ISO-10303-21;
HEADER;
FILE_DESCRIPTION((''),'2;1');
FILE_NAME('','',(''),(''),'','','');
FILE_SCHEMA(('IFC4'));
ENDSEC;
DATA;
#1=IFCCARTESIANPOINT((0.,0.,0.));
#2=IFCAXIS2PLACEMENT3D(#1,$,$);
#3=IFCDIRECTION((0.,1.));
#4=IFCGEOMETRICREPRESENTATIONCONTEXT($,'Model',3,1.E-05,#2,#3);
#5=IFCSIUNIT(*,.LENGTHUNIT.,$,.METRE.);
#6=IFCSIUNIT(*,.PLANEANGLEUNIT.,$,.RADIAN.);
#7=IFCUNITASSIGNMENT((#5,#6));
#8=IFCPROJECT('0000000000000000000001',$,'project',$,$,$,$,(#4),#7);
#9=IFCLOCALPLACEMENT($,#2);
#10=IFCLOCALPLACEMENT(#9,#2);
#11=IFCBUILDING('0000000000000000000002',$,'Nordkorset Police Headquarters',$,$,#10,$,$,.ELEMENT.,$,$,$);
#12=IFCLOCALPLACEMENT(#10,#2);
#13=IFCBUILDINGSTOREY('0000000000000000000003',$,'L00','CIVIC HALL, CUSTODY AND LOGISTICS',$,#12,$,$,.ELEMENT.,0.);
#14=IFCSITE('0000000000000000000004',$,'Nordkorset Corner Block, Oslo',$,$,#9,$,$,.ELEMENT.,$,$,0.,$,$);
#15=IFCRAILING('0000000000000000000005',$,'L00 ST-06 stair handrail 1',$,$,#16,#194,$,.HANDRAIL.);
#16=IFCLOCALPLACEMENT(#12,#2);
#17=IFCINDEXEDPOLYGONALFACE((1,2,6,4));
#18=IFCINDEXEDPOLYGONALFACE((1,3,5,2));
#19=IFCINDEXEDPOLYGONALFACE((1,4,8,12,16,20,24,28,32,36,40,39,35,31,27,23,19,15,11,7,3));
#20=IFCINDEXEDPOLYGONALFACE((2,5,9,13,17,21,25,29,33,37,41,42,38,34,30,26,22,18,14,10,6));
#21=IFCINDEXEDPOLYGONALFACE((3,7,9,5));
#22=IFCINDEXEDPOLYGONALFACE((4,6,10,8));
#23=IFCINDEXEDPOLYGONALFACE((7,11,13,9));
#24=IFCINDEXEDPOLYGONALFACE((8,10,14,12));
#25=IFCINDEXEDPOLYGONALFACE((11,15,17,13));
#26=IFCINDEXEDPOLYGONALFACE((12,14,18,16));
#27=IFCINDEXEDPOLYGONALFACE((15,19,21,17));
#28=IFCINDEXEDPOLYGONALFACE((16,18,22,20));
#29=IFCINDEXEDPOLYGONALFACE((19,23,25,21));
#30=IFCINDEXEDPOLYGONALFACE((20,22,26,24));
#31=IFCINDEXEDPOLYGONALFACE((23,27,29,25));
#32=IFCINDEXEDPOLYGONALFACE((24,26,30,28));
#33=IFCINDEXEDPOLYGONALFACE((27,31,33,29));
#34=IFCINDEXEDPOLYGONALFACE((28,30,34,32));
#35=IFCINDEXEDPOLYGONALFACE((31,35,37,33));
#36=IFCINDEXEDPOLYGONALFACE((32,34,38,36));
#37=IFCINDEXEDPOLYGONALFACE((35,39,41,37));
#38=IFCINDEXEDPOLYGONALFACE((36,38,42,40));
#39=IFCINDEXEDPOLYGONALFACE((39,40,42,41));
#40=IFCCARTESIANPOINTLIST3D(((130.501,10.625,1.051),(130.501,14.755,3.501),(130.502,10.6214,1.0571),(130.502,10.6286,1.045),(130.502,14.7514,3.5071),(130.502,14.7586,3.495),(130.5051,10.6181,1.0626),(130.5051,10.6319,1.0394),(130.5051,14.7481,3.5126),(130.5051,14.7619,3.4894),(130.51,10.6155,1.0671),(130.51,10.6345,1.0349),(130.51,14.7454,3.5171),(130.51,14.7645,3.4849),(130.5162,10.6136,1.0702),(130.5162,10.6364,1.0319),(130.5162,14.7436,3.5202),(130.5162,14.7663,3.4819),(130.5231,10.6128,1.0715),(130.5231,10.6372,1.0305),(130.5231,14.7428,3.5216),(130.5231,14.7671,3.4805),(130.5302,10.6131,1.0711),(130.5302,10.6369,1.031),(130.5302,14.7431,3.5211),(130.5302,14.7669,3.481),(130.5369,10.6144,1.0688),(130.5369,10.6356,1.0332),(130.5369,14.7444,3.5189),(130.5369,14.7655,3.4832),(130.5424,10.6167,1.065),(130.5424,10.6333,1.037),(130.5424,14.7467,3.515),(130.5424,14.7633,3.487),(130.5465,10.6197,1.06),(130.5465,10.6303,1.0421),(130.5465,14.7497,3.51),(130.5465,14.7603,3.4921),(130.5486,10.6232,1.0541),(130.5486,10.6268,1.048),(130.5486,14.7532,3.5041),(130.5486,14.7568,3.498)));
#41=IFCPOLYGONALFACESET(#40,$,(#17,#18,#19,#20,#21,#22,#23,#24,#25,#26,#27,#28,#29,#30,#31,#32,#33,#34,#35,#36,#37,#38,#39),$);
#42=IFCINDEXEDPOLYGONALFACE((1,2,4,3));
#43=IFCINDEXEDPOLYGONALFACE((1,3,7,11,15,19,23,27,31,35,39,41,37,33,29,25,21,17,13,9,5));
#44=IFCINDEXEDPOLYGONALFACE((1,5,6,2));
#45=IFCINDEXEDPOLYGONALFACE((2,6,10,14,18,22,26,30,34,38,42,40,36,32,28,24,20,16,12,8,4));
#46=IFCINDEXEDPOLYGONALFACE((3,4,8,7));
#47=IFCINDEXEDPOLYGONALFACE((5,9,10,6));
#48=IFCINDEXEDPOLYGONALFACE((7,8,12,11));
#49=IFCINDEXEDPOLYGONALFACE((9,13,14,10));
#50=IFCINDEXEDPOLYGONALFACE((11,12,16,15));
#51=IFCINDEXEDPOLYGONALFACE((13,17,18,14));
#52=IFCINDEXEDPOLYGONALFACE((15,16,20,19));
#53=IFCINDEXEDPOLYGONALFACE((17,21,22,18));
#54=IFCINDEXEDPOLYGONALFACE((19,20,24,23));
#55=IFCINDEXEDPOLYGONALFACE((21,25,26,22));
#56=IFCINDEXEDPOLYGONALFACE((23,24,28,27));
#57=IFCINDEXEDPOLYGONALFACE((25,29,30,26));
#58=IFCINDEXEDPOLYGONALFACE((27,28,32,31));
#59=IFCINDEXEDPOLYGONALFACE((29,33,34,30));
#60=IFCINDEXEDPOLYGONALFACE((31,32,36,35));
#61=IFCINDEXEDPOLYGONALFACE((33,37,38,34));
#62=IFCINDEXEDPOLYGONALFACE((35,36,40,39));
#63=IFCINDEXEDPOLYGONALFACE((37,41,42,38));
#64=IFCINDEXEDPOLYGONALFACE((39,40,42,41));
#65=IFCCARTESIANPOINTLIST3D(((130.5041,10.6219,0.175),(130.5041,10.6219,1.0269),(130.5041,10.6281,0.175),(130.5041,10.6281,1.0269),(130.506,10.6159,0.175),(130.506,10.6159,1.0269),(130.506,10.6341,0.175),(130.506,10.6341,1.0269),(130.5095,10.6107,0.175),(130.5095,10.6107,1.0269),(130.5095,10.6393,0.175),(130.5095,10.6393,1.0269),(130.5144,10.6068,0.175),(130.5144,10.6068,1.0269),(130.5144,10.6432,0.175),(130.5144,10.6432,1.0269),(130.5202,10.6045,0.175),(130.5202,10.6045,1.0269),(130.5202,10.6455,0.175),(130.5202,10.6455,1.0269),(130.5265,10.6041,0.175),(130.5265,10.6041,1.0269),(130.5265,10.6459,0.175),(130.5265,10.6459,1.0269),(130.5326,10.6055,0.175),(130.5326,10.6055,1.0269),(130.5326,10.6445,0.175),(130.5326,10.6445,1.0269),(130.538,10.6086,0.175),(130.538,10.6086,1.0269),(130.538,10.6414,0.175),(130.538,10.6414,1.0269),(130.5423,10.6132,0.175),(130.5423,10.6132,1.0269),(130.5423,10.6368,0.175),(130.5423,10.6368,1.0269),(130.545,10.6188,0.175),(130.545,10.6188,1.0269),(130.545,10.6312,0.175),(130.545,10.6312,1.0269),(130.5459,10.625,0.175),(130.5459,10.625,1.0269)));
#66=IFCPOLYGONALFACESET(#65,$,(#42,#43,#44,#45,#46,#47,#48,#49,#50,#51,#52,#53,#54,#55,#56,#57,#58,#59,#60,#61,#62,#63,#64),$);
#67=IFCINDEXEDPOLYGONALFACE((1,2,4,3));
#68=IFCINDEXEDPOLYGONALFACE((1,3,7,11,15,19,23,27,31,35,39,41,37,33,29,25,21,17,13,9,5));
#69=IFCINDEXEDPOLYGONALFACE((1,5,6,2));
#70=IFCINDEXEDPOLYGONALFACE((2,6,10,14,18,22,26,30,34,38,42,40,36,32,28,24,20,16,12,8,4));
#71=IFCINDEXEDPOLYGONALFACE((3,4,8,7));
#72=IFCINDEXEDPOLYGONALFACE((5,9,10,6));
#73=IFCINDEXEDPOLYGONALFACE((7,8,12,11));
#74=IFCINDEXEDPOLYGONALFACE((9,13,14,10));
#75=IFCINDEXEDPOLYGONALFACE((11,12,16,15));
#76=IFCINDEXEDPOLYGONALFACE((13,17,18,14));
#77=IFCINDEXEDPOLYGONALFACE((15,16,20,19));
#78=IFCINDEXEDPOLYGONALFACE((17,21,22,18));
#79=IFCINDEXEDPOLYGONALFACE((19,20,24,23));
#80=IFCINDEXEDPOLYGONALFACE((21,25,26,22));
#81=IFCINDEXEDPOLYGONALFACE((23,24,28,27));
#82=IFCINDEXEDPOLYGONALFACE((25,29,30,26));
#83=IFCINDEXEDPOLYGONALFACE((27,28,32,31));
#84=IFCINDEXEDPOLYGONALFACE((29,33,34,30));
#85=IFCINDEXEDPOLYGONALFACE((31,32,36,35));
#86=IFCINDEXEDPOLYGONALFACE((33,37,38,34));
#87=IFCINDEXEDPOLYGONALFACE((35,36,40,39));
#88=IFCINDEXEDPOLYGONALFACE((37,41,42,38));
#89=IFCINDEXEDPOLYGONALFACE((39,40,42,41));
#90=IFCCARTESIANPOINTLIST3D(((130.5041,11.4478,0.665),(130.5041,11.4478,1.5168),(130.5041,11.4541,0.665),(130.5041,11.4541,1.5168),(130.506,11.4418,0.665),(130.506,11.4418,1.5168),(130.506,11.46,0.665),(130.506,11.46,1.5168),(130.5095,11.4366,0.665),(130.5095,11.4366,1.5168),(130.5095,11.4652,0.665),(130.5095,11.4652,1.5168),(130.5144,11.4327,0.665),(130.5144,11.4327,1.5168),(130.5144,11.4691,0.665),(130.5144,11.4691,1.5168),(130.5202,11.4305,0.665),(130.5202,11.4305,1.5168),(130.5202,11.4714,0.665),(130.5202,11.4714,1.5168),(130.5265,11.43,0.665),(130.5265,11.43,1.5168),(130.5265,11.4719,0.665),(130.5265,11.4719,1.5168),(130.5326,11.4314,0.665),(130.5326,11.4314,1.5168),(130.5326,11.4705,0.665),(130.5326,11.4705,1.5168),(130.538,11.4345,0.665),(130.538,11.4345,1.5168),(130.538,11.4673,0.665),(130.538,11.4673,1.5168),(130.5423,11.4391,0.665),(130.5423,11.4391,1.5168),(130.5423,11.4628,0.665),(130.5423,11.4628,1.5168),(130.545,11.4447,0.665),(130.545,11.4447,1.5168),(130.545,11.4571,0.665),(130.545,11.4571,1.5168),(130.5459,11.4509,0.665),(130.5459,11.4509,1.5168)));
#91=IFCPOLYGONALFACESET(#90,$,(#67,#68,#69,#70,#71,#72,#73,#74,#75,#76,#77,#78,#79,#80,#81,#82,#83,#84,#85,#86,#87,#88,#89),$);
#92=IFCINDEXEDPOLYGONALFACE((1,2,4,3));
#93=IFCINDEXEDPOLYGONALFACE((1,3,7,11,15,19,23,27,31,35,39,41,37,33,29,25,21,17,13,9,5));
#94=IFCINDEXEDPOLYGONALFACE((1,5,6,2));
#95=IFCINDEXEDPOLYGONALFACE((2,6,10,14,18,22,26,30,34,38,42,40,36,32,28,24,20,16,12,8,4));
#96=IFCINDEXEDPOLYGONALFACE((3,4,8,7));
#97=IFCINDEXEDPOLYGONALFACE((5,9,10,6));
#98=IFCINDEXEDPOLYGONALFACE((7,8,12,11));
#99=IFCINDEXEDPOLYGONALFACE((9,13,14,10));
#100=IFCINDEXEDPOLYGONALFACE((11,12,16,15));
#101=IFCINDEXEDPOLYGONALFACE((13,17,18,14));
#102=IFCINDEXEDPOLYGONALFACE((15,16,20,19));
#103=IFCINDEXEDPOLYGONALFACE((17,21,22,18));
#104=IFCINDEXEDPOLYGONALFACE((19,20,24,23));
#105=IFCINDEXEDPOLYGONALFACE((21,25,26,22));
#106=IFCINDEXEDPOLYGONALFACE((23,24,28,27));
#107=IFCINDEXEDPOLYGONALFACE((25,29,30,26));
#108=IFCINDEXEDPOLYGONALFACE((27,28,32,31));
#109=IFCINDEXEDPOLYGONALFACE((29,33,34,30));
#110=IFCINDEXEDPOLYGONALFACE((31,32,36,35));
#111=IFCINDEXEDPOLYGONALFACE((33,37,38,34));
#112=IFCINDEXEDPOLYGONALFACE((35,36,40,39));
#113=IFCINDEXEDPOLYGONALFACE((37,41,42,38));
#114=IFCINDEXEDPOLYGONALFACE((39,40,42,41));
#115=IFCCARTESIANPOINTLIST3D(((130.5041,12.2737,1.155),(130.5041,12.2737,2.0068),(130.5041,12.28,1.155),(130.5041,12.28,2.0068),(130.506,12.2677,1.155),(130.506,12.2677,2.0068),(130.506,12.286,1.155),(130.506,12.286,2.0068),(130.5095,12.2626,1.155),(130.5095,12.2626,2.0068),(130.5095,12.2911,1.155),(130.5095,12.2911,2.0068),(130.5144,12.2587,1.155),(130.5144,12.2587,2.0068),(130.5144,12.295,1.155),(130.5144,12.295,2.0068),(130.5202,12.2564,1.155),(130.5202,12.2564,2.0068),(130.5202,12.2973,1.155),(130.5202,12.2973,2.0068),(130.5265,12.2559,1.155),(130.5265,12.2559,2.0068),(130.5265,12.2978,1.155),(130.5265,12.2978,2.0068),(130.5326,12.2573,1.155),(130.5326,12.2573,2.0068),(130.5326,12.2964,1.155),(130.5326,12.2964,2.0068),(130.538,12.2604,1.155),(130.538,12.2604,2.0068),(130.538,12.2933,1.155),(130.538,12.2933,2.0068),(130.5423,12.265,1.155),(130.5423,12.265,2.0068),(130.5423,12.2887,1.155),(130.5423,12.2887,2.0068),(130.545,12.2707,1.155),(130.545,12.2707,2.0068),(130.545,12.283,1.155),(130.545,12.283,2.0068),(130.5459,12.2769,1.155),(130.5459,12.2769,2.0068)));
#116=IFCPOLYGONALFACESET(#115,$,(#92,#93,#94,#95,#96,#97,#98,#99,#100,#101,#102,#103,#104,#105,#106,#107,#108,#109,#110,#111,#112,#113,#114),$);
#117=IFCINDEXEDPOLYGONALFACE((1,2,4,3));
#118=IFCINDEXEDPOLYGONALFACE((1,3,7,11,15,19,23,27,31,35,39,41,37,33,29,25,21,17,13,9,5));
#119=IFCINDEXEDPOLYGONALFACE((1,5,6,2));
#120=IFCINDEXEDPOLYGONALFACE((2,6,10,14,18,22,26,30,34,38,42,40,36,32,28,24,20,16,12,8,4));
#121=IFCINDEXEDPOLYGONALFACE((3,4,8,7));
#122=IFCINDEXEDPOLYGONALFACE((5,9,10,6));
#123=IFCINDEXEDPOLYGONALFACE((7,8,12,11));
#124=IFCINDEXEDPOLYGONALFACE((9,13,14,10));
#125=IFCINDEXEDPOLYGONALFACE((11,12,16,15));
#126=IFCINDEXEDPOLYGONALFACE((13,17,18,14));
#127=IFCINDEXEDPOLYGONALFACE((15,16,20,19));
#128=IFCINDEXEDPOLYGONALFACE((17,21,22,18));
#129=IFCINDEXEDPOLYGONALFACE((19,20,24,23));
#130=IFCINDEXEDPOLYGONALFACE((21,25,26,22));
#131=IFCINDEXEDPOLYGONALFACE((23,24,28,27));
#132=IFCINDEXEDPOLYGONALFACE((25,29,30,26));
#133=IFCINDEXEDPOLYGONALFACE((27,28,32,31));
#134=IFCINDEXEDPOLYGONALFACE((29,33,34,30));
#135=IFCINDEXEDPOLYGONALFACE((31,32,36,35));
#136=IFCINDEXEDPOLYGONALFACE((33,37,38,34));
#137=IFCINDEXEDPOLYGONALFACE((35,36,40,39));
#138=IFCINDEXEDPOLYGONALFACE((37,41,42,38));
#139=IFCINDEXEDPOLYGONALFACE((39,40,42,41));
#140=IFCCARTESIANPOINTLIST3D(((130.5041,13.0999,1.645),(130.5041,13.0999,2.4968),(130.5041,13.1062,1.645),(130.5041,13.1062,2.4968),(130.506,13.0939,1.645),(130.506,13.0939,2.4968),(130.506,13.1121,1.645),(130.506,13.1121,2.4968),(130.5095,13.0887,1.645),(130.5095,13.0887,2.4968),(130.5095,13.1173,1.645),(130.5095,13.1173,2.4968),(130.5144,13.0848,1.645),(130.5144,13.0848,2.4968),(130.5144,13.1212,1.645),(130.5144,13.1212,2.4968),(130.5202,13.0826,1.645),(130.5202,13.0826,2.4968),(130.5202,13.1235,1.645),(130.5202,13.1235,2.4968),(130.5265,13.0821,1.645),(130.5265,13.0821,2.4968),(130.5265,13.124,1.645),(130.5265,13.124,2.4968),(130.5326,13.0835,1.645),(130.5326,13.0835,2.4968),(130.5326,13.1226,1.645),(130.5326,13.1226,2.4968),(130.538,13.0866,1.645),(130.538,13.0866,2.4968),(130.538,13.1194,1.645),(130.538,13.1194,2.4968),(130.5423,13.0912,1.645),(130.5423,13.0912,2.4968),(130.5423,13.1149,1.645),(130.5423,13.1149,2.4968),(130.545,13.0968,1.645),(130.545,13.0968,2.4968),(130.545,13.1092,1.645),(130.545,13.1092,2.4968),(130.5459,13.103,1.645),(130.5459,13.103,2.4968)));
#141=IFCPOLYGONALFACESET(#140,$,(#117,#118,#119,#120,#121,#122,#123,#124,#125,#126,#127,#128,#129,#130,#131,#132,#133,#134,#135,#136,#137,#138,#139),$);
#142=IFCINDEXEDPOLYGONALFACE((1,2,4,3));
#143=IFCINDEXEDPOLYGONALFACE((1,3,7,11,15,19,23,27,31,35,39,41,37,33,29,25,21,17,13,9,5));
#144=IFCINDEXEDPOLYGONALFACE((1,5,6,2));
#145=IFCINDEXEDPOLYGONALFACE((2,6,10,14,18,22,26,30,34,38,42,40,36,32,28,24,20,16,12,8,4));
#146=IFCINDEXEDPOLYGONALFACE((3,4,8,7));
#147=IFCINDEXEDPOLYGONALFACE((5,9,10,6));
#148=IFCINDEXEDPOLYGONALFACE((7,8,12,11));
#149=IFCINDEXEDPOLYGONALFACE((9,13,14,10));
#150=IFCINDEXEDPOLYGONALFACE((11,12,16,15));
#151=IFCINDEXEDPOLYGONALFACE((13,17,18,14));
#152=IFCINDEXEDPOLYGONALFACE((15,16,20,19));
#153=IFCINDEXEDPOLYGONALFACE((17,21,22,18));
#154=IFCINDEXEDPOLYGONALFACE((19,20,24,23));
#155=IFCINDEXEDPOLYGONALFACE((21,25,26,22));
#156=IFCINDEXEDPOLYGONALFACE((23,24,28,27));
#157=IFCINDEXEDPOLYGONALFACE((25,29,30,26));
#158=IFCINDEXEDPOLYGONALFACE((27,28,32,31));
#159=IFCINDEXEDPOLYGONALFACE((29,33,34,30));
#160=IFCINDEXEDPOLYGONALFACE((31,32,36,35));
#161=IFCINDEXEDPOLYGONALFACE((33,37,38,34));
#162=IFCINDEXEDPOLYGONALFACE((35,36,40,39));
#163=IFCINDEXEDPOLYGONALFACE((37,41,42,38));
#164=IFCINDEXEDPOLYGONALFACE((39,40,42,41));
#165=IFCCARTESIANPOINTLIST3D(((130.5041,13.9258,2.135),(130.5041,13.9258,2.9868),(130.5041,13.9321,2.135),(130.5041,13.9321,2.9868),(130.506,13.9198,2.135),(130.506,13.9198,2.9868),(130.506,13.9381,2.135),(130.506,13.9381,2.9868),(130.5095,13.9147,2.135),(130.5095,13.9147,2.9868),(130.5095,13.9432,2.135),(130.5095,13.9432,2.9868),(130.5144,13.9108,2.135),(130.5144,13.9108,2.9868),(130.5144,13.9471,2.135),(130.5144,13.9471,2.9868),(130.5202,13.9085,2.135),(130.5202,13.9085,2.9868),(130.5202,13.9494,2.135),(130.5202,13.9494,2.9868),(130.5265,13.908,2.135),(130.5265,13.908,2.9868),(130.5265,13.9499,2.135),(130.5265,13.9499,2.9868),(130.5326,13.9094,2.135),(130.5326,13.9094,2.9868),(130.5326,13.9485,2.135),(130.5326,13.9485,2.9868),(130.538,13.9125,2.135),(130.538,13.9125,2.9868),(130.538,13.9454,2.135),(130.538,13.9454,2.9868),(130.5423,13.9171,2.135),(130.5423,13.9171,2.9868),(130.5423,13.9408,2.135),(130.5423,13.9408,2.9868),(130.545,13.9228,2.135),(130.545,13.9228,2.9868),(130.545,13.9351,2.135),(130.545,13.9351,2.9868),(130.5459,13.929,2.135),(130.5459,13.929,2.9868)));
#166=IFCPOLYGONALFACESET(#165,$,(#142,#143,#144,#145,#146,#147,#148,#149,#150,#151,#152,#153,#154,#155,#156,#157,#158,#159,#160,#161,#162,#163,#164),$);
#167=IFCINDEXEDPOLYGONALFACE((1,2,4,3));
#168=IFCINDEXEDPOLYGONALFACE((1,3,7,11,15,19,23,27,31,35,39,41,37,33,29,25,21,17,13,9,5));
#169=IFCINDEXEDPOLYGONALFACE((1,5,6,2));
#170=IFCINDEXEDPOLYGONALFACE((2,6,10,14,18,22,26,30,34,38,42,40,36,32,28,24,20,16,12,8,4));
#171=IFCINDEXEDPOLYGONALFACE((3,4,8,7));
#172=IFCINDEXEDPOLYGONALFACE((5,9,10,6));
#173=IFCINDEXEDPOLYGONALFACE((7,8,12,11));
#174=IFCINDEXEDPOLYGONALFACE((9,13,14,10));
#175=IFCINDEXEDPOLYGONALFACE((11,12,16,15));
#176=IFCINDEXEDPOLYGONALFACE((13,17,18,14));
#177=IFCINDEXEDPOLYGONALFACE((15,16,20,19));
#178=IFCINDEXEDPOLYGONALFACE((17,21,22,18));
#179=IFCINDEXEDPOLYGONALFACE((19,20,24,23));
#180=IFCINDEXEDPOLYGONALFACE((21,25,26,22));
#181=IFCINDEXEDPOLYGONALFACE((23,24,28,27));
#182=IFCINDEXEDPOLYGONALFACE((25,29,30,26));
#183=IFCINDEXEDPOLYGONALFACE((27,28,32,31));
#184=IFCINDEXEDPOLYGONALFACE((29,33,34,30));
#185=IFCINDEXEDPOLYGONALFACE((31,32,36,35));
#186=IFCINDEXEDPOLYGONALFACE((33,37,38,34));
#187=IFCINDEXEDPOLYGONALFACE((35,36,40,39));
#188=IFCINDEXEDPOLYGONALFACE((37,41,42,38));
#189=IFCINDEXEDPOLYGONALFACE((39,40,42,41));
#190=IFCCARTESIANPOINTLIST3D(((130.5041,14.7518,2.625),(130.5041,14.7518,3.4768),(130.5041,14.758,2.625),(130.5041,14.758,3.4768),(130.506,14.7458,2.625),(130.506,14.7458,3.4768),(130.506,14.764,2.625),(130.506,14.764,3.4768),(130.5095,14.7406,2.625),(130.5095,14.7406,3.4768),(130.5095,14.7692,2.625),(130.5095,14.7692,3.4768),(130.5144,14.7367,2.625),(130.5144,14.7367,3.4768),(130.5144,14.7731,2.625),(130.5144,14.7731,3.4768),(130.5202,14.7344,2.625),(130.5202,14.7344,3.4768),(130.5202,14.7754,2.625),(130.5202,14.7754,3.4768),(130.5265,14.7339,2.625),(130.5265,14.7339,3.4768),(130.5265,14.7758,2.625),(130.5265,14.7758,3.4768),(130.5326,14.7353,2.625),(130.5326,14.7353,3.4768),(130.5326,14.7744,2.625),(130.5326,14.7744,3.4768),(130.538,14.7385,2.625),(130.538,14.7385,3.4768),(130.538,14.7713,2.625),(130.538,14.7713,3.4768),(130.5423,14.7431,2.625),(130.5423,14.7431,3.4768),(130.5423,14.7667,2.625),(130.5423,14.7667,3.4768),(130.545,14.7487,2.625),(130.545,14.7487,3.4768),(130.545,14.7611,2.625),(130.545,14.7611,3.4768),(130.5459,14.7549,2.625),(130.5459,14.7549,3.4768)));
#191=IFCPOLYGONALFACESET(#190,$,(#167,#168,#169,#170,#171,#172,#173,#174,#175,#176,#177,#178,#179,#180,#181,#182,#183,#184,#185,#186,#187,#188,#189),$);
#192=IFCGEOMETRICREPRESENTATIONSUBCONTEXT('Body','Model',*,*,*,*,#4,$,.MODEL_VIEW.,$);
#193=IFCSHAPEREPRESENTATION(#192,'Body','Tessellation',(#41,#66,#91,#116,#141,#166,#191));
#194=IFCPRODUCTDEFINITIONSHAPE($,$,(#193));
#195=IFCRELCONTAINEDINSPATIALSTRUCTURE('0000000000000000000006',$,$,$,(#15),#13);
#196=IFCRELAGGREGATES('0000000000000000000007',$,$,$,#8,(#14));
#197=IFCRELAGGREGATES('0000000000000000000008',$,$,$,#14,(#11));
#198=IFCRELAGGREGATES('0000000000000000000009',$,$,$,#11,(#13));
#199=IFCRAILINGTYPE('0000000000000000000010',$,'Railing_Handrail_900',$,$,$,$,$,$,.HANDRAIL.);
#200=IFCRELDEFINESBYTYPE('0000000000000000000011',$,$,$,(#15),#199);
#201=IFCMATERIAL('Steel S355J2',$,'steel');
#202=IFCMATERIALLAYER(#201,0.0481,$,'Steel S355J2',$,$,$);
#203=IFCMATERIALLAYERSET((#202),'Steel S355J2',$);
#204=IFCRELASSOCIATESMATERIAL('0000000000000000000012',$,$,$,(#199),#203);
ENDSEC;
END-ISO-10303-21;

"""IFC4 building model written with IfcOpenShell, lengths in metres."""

from ifc_helpers import new_model, si_unit, direction, frame, origin, origin_2d, place, context, subcontext, project, spatial, circle, extrude, material, layer, layer_set, type_object, element, save


model = new_model("IFC4")

# Units and contexts
model_context = context("Model", 3, precision=1e-05, world=origin(), true_north=direction((0.0, 1.0)))
body_context = subcontext(model_context, "Body", "Model", "MODEL_VIEW")
ifc_project = project(units=[si_unit("LENGTHUNIT", "METRE"), si_unit("PLANEANGLEUNIT", "RADIAN")], contexts=[model_context])

# Site, building, storey
site_placement = place(None, origin())
site = spatial("IfcSite", under=ifc_project, at=site_placement, Name="Nordkorset Corner Block, Oslo", CompositionType="ELEMENT", RefElevation=0.0)
building_placement = place(site_placement, origin())
building = spatial("IfcBuilding", under=site, at=building_placement, Name="Nordkorset Police Headquarters", CompositionType="ELEMENT")
storey_placement = place(building_placement, origin())
storey = spatial("IfcBuildingStorey", under=building, at=storey_placement, Name="L00", Description="CIVIC HALL, CUSTODY AND LOGISTICS", CompositionType="ELEMENT", Elevation=0.0)

# Railing
ifc_material_1 = material(Name="Steel S355J2", Category="steel")
ifc_layer_1 = layer(ifc_material_1, 0.0481, Name="Steel S355J2")
ifc_layer_set_1 = layer_set([ifc_layer_1], Name="Steel S355J2")
railing_type_1 = type_object("IfcRailingType", Name="Railing_Handrail_900", PredefinedType="HANDRAIL", material=ifc_layer_set_1)
railing_1_placement = place(storey_placement, frame((130.5249, 10.625, 0.175)))
element("IfcRailing", 1, at=railing_1_placement, inside=storey, type_object=railing_type_1, Name="L00 ST-06 stair handrail 1", PredefinedType="HANDRAIL", context=body_context, shape_type="SweptSolid", body=[
    extrude(circle(Radius=0.0239, at=origin_2d()), frame((0.0, 0.0, 0.876), z_axis=(0.0, 0.860053, 0.510205), x_axis=(-1.0, 0.0, 0.0)), (0.0, 0.0, 1.0), 4.802),
    extrude(circle(Radius=0.021, at=origin_2d()), origin(), (0.0, 0.0, 1.0), 0.8518),
    extrude(circle(Radius=0.021, at=origin_2d()), frame((0.0, 0.8259, 0.49)), (0.0, 0.0, 1.0), 0.8518),
    extrude(circle(Radius=0.021, at=origin_2d()), frame((0.0, 1.6519, 0.98)), (0.0, 0.0, 1.0), 0.8518),
    extrude(circle(Radius=0.021, at=origin_2d()), frame((0.0, 2.478, 1.47)), (0.0, 0.0, 1.0), 0.8518),
    extrude(circle(Radius=0.021, at=origin_2d()), frame((0.0, 3.304, 1.96)), (0.0, 0.0, 1.0), 0.8518),
    extrude(circle(Radius=0.021, at=origin_2d()), frame((0.0, 4.1299, 2.45)), (0.0, 0.0, 1.0), 0.8518),
])

save(model, "model.ifc")
